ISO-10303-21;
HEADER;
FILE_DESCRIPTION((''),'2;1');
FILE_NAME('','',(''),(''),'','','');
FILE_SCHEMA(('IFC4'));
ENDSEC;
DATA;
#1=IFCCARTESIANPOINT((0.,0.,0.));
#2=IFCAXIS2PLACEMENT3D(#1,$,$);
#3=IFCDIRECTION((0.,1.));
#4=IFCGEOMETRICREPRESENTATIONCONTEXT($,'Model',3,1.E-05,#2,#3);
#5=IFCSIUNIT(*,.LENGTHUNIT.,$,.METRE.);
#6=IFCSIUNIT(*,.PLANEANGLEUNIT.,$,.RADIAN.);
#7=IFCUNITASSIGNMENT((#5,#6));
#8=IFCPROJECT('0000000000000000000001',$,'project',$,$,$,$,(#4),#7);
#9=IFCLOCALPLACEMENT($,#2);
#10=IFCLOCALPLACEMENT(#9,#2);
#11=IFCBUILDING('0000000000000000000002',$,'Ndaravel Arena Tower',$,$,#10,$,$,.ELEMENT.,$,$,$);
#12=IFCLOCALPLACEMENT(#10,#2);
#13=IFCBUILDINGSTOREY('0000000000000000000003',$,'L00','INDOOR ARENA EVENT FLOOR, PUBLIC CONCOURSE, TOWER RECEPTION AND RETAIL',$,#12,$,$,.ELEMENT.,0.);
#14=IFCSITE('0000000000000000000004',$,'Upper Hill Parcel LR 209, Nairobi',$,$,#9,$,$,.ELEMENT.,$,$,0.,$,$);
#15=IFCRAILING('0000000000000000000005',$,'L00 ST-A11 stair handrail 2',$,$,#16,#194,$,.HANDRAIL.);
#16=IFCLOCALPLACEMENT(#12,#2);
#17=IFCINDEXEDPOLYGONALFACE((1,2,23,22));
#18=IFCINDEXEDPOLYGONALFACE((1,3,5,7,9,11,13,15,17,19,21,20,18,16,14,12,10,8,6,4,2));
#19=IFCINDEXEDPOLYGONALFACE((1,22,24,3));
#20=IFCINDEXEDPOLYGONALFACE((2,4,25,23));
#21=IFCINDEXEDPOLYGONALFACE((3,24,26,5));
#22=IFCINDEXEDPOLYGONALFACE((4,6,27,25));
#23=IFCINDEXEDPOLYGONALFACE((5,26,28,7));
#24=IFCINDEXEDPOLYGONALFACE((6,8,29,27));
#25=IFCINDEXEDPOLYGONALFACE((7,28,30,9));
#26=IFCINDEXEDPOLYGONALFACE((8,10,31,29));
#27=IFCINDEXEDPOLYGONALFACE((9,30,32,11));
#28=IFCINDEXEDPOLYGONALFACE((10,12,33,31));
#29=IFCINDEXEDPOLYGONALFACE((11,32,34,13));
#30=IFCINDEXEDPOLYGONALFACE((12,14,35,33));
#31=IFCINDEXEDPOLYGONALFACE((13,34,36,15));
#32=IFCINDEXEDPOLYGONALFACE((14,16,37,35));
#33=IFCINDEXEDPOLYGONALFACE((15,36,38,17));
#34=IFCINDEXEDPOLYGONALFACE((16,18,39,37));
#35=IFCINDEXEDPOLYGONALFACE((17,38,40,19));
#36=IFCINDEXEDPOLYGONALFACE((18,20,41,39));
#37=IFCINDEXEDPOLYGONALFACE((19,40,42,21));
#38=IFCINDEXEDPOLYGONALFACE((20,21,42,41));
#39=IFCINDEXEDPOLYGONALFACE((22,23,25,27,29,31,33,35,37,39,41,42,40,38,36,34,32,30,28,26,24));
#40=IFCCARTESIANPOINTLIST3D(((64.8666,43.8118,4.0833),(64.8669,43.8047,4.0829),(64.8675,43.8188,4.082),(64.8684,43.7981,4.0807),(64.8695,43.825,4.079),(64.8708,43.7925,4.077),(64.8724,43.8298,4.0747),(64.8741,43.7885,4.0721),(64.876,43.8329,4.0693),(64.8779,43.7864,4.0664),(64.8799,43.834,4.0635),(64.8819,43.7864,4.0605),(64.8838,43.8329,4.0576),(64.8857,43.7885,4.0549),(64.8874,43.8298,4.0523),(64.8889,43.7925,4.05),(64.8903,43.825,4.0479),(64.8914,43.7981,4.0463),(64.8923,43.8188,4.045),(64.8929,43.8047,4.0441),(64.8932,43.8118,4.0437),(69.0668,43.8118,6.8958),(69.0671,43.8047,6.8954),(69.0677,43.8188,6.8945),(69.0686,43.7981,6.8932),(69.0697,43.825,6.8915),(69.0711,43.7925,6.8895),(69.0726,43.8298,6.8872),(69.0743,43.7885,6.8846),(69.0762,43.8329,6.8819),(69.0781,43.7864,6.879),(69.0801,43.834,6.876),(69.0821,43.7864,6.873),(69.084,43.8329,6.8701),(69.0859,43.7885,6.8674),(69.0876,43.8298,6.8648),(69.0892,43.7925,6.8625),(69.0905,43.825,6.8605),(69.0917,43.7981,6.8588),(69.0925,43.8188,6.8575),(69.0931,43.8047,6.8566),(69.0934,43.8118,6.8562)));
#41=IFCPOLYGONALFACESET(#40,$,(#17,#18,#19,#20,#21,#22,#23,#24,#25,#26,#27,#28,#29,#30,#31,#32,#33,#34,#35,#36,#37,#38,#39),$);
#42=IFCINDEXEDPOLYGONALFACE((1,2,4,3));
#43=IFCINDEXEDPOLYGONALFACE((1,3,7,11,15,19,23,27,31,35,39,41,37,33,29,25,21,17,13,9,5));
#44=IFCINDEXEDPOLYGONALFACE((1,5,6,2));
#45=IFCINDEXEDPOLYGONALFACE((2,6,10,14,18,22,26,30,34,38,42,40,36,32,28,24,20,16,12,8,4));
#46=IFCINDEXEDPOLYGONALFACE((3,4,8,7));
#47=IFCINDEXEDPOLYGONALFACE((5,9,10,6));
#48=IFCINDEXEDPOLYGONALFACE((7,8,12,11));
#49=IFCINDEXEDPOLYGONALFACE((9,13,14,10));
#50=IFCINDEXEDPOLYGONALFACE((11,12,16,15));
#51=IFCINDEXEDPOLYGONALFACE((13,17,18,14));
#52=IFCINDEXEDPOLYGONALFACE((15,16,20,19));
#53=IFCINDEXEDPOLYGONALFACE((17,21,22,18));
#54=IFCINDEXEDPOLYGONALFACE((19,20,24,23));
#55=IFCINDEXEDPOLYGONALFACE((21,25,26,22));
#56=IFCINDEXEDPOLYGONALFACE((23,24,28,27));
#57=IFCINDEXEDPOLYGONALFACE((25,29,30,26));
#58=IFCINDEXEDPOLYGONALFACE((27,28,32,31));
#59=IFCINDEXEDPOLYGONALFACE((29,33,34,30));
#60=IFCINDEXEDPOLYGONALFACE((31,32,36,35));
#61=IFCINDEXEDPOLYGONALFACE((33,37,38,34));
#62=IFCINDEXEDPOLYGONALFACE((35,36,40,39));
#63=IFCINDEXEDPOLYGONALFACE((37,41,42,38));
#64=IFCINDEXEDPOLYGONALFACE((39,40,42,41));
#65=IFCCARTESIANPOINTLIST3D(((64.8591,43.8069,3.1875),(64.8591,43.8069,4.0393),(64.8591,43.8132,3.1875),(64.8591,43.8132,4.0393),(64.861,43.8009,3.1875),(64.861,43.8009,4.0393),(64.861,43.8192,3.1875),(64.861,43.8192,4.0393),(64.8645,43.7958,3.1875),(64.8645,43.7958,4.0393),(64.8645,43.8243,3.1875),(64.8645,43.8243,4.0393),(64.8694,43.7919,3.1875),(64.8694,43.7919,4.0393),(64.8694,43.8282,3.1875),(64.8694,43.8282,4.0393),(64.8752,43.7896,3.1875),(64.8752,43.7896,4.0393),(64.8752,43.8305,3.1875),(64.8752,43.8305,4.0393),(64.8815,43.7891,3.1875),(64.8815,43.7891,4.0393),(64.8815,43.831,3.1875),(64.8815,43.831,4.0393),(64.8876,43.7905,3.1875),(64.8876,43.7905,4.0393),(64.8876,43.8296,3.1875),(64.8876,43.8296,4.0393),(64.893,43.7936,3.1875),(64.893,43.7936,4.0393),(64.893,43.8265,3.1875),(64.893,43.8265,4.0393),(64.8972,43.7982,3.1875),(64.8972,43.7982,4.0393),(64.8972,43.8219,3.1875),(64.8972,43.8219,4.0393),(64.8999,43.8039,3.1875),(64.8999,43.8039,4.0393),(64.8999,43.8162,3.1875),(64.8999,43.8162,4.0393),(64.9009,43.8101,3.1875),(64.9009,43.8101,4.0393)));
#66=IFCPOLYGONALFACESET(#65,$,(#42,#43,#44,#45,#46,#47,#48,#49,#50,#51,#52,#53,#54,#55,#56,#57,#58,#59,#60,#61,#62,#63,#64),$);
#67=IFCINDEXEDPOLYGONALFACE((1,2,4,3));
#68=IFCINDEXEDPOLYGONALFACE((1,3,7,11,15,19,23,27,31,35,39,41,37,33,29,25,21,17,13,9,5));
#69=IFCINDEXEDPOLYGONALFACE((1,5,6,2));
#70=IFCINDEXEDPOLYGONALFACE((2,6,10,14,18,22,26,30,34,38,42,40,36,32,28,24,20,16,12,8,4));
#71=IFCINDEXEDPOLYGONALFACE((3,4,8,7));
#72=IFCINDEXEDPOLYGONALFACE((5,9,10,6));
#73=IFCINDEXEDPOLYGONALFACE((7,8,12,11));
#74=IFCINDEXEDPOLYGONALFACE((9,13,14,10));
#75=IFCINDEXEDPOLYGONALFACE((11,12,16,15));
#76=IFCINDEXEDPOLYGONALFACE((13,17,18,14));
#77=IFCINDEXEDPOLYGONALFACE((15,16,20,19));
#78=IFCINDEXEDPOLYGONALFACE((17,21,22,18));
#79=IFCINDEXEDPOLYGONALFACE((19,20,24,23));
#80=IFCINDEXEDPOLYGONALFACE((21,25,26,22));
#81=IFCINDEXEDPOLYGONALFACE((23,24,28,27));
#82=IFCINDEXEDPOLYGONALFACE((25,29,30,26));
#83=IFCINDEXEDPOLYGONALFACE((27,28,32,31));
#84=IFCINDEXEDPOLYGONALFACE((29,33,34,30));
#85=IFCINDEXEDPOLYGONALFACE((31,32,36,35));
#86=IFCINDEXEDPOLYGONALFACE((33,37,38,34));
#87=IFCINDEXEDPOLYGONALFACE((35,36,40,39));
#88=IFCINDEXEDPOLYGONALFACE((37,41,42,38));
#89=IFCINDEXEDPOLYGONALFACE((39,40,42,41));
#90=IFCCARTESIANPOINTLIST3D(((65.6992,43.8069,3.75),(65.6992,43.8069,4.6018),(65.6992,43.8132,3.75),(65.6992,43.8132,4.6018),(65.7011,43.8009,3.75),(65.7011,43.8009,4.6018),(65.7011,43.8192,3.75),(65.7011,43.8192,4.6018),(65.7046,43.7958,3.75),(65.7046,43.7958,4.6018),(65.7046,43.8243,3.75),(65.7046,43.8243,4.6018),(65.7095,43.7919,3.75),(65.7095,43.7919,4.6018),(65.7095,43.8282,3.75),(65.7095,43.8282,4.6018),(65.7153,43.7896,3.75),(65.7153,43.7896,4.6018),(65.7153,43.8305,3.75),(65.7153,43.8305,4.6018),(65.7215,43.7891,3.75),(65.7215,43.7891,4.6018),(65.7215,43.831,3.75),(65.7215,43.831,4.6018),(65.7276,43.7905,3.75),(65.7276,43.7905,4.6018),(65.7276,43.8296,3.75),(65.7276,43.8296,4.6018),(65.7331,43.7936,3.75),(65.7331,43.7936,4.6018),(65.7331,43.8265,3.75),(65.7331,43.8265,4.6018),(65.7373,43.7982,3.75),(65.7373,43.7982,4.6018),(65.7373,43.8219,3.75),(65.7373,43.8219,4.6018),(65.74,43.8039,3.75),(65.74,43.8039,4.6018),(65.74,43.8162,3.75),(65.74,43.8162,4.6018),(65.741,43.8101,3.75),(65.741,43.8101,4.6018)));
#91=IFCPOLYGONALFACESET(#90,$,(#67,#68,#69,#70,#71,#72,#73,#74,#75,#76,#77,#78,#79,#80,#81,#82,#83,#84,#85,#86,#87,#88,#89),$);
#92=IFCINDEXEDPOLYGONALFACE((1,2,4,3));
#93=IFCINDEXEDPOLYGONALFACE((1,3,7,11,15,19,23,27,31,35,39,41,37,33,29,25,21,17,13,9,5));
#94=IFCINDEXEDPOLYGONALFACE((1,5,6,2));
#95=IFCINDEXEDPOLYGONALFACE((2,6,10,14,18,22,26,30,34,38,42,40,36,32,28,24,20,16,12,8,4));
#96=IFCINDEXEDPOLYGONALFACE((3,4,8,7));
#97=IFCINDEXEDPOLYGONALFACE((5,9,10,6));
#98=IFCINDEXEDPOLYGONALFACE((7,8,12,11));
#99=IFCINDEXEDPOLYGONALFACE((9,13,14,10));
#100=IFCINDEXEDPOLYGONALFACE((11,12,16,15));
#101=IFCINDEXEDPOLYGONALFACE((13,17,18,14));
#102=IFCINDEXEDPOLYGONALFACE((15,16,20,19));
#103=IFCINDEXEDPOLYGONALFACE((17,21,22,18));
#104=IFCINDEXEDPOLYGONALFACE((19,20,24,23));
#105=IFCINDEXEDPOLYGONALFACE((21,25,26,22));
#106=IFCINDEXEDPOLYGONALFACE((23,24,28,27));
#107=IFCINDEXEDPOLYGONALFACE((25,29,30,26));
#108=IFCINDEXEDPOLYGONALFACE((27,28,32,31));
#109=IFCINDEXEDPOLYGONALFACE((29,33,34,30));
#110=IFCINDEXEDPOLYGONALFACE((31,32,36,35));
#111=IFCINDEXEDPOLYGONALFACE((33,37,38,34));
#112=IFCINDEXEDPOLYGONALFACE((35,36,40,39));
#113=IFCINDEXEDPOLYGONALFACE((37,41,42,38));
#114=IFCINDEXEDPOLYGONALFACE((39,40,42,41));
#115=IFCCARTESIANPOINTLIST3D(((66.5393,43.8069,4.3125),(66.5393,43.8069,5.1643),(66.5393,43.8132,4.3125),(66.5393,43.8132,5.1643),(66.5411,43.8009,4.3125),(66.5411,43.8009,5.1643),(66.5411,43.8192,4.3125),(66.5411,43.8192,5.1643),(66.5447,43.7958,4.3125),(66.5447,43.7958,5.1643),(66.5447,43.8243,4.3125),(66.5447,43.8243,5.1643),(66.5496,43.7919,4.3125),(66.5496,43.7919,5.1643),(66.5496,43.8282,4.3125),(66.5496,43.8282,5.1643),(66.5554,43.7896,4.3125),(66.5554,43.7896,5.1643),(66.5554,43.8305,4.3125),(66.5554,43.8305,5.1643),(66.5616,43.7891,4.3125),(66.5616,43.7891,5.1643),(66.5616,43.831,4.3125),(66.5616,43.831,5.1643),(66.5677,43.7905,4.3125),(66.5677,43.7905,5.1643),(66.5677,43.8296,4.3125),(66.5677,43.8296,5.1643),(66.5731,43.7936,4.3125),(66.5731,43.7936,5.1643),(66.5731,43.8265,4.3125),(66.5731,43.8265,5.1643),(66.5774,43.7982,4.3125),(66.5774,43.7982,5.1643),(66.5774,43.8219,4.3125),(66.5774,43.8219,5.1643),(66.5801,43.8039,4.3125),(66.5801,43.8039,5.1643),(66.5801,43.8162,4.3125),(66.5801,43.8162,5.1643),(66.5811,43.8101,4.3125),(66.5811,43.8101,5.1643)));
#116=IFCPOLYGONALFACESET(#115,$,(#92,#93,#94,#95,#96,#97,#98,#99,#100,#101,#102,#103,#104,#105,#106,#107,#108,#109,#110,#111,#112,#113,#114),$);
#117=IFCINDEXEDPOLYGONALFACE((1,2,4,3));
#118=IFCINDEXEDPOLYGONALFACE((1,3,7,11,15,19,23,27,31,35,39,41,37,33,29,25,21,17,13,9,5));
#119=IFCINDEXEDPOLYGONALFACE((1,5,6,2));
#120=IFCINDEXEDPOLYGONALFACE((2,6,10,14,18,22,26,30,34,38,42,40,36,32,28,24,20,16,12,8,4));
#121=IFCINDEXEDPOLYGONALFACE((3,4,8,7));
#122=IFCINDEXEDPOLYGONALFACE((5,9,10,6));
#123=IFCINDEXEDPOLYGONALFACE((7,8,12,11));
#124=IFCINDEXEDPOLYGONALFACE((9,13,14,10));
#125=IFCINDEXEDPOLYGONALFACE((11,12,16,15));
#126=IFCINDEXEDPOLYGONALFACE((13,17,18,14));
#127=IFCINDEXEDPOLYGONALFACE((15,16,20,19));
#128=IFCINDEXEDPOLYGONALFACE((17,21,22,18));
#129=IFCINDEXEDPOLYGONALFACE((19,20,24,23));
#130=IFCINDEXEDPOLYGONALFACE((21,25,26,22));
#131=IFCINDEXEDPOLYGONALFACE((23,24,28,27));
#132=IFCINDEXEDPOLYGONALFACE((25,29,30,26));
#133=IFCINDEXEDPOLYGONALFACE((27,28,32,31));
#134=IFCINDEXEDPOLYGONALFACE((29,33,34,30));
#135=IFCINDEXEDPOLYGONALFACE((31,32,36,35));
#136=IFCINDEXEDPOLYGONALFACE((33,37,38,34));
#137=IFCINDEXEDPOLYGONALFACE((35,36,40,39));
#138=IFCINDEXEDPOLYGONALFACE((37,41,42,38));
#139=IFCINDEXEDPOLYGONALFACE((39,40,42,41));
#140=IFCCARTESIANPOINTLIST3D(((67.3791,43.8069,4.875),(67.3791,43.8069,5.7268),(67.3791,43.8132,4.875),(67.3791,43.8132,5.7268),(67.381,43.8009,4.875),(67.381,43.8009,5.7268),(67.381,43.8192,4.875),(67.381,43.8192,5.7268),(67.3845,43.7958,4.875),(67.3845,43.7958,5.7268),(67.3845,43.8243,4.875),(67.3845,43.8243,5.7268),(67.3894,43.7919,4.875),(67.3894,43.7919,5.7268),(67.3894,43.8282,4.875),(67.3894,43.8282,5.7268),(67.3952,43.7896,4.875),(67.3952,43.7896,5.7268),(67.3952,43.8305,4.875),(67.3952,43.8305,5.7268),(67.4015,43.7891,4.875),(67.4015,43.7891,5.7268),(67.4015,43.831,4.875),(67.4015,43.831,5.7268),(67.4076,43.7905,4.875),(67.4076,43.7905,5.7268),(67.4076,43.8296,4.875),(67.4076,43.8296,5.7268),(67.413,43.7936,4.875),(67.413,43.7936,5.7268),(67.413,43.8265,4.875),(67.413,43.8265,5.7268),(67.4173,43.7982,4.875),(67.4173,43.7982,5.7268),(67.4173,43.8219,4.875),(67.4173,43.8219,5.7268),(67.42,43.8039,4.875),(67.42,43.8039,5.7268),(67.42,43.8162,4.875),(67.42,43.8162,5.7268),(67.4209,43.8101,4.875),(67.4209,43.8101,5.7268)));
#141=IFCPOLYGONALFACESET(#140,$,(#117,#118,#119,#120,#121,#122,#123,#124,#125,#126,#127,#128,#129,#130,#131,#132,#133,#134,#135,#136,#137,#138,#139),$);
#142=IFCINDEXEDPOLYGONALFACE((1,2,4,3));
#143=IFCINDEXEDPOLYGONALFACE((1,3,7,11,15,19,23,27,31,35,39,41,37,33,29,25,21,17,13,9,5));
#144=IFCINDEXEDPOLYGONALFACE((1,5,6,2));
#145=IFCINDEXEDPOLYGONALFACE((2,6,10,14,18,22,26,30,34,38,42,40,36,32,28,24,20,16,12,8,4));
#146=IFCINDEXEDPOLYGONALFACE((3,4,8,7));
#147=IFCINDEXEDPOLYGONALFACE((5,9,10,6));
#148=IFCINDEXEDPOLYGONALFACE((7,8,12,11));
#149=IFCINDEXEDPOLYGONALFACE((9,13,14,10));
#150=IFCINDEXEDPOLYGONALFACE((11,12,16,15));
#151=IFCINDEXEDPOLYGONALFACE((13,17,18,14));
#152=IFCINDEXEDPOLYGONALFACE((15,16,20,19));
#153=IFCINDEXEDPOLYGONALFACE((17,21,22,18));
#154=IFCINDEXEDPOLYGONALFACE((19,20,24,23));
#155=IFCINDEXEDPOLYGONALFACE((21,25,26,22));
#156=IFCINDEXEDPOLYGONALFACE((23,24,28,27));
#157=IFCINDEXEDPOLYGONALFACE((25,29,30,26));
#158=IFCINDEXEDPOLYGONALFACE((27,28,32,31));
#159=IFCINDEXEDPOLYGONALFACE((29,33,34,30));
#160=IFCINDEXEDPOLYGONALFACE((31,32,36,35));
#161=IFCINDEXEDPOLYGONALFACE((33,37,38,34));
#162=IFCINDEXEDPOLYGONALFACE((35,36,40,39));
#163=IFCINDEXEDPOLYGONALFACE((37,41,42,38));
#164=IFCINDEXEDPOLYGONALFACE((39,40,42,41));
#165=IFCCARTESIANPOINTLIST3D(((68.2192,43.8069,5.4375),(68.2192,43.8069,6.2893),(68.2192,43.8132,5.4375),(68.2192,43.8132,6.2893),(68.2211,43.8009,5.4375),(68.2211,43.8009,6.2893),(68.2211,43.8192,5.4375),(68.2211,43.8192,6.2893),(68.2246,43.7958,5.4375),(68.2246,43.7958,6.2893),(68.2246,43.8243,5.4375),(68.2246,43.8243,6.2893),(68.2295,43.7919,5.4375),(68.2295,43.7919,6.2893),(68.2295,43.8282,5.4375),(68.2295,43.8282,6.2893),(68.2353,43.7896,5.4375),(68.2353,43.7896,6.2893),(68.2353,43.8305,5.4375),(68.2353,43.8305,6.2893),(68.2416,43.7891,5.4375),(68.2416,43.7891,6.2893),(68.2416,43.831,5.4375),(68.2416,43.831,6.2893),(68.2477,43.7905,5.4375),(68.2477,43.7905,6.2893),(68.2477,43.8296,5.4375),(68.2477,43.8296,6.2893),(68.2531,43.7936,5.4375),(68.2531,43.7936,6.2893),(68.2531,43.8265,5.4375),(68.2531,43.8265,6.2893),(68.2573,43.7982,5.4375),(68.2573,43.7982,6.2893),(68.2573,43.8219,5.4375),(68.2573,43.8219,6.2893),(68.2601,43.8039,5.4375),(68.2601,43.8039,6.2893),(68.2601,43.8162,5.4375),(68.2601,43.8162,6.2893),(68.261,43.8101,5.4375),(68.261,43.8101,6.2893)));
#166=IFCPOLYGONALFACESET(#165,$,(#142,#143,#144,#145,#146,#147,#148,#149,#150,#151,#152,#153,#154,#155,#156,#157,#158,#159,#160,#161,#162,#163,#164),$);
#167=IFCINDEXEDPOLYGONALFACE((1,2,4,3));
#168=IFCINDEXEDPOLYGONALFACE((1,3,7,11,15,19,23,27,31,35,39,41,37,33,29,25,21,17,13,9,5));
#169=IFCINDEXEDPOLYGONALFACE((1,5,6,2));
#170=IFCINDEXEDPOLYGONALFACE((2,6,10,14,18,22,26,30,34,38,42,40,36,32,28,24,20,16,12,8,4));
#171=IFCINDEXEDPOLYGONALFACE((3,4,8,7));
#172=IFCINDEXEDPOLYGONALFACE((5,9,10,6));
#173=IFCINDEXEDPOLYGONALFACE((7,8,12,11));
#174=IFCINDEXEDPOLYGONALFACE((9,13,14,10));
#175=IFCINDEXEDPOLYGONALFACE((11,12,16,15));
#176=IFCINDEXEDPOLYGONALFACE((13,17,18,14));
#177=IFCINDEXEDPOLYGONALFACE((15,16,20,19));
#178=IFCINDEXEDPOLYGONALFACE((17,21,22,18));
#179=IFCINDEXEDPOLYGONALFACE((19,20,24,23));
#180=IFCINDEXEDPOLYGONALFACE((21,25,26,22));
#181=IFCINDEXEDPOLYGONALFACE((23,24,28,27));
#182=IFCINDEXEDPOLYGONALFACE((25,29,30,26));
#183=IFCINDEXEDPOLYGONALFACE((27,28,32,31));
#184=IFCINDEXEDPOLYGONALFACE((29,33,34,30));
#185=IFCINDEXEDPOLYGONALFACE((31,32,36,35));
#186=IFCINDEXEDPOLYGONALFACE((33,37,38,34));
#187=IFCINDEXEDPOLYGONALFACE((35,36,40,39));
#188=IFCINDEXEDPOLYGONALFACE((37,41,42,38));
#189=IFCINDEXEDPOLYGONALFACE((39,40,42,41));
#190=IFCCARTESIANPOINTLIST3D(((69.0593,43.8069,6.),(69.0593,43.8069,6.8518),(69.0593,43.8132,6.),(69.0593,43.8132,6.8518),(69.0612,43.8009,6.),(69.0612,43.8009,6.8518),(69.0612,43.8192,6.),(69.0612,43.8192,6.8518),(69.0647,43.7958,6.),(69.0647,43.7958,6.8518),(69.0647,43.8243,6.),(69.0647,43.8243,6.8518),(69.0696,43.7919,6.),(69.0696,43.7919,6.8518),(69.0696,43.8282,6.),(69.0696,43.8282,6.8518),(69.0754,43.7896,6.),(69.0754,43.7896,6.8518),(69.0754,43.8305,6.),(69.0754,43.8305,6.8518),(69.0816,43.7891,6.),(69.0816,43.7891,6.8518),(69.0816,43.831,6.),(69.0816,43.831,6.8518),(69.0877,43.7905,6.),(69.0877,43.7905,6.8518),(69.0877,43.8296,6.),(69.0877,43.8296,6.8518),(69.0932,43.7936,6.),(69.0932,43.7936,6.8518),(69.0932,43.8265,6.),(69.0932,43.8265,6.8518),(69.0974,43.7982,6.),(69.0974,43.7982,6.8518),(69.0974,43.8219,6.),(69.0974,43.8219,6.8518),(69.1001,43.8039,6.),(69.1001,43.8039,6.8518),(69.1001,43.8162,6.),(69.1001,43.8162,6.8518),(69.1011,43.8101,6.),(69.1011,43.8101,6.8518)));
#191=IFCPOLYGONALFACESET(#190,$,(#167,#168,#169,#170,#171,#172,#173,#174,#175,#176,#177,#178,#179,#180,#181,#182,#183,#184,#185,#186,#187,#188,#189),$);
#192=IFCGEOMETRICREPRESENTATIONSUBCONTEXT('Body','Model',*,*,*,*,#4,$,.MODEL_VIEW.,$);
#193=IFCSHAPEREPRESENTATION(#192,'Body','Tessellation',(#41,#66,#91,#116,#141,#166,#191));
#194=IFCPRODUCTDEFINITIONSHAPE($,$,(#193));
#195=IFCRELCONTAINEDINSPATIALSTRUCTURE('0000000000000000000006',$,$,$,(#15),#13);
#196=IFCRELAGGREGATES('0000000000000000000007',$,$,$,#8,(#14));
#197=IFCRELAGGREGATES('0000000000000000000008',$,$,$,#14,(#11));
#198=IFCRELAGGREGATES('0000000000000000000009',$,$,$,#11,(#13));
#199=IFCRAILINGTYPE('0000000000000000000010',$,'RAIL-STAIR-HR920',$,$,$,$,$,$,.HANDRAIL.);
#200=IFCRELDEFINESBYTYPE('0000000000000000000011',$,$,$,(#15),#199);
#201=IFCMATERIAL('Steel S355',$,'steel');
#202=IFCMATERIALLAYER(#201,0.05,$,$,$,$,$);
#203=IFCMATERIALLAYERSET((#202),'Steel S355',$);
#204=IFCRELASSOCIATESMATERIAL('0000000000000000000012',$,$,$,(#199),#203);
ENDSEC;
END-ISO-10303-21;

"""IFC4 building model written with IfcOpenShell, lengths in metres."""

from ifc_helpers import new_model, si_unit, direction, frame, origin, origin_2d, place, context, subcontext, project, spatial, circle, extrude, material, layer, layer_set, type_object, element, save


model = new_model("IFC4")

# Units and contexts
model_context = context("Model", 3, precision=1e-05, world=origin(), true_north=direction((0.0, 1.0)))
body_context = subcontext(model_context, "Body", "Model", "MODEL_VIEW")
ifc_project = project(units=[si_unit("LENGTHUNIT", "METRE"), si_unit("PLANEANGLEUNIT", "RADIAN")], contexts=[model_context])

# Site, building, storey
site_placement = place(None, origin())
site = spatial("IfcSite", under=ifc_project, at=site_placement, Name="Upper Hill Parcel LR 209, Nairobi", CompositionType="ELEMENT", RefElevation=0.0)
building_placement = place(site_placement, origin())
building = spatial("IfcBuilding", under=site, at=building_placement, Name="Ndaravel Arena Tower", CompositionType="ELEMENT")
storey_placement = place(building_placement, origin())
storey = spatial("IfcBuildingStorey", under=building, at=storey_placement, Name="L00", Description="INDOOR ARENA EVENT FLOOR, PUBLIC CONCOURSE, TOWER RECEPTION AND RETAIL", CompositionType="ELEMENT", Elevation=0.0)

# Railing
ifc_material_1 = material(Name="Steel S355", Category="steel")
ifc_layer_1 = layer(ifc_material_1, 0.05)
ifc_layer_set_1 = layer_set([ifc_layer_1], Name="Steel S355")
railing_type_1 = type_object("IfcRailingType", Name="RAIL-STAIR-HR920", PredefinedType="HANDRAIL", material=ifc_layer_set_1)
railing_1_placement = place(storey_placement, frame((64.8799, 43.8101, 3.1875)))
element("IfcRailing", 1, at=railing_1_placement, inside=storey, type_object=railing_type_1, Name="L00 ST-A11 stair handrail 2", PredefinedType="HANDRAIL", context=body_context, shape_type="SweptSolid", body=[
    extrude(circle(Radius=0.0239, at=origin_2d()), frame((0.0, 0.0, 0.876), z_axis=(0.830919, 0.0, 0.556393), x_axis=(0.0, 1.0, 0.0)), (0.0, 0.0, 1.0), 5.0549),
    extrude(circle(Radius=0.021, at=origin_2d()), origin(), (0.0, 0.0, 1.0), 0.8518),
    extrude(circle(Radius=0.021, at=origin_2d()), frame((0.8401, 0.0, 0.5625)), (0.0, 0.0, 1.0), 0.8518),
    extrude(circle(Radius=0.021, at=origin_2d()), frame((1.6802, 0.0, 1.125)), (0.0, 0.0, 1.0), 0.8518),
    extrude(circle(Radius=0.021, at=origin_2d()), frame((2.52, 0.0, 1.6875)), (0.0, 0.0, 1.0), 0.8518),
    extrude(circle(Radius=0.021, at=origin_2d()), frame((3.3601, 0.0, 2.25)), (0.0, 0.0, 1.0), 0.8518),
    extrude(circle(Radius=0.021, at=origin_2d()), frame((4.2002, 0.0, 2.8125)), (0.0, 0.0, 1.0), 0.8518),
])

save(model, "model.ifc")
